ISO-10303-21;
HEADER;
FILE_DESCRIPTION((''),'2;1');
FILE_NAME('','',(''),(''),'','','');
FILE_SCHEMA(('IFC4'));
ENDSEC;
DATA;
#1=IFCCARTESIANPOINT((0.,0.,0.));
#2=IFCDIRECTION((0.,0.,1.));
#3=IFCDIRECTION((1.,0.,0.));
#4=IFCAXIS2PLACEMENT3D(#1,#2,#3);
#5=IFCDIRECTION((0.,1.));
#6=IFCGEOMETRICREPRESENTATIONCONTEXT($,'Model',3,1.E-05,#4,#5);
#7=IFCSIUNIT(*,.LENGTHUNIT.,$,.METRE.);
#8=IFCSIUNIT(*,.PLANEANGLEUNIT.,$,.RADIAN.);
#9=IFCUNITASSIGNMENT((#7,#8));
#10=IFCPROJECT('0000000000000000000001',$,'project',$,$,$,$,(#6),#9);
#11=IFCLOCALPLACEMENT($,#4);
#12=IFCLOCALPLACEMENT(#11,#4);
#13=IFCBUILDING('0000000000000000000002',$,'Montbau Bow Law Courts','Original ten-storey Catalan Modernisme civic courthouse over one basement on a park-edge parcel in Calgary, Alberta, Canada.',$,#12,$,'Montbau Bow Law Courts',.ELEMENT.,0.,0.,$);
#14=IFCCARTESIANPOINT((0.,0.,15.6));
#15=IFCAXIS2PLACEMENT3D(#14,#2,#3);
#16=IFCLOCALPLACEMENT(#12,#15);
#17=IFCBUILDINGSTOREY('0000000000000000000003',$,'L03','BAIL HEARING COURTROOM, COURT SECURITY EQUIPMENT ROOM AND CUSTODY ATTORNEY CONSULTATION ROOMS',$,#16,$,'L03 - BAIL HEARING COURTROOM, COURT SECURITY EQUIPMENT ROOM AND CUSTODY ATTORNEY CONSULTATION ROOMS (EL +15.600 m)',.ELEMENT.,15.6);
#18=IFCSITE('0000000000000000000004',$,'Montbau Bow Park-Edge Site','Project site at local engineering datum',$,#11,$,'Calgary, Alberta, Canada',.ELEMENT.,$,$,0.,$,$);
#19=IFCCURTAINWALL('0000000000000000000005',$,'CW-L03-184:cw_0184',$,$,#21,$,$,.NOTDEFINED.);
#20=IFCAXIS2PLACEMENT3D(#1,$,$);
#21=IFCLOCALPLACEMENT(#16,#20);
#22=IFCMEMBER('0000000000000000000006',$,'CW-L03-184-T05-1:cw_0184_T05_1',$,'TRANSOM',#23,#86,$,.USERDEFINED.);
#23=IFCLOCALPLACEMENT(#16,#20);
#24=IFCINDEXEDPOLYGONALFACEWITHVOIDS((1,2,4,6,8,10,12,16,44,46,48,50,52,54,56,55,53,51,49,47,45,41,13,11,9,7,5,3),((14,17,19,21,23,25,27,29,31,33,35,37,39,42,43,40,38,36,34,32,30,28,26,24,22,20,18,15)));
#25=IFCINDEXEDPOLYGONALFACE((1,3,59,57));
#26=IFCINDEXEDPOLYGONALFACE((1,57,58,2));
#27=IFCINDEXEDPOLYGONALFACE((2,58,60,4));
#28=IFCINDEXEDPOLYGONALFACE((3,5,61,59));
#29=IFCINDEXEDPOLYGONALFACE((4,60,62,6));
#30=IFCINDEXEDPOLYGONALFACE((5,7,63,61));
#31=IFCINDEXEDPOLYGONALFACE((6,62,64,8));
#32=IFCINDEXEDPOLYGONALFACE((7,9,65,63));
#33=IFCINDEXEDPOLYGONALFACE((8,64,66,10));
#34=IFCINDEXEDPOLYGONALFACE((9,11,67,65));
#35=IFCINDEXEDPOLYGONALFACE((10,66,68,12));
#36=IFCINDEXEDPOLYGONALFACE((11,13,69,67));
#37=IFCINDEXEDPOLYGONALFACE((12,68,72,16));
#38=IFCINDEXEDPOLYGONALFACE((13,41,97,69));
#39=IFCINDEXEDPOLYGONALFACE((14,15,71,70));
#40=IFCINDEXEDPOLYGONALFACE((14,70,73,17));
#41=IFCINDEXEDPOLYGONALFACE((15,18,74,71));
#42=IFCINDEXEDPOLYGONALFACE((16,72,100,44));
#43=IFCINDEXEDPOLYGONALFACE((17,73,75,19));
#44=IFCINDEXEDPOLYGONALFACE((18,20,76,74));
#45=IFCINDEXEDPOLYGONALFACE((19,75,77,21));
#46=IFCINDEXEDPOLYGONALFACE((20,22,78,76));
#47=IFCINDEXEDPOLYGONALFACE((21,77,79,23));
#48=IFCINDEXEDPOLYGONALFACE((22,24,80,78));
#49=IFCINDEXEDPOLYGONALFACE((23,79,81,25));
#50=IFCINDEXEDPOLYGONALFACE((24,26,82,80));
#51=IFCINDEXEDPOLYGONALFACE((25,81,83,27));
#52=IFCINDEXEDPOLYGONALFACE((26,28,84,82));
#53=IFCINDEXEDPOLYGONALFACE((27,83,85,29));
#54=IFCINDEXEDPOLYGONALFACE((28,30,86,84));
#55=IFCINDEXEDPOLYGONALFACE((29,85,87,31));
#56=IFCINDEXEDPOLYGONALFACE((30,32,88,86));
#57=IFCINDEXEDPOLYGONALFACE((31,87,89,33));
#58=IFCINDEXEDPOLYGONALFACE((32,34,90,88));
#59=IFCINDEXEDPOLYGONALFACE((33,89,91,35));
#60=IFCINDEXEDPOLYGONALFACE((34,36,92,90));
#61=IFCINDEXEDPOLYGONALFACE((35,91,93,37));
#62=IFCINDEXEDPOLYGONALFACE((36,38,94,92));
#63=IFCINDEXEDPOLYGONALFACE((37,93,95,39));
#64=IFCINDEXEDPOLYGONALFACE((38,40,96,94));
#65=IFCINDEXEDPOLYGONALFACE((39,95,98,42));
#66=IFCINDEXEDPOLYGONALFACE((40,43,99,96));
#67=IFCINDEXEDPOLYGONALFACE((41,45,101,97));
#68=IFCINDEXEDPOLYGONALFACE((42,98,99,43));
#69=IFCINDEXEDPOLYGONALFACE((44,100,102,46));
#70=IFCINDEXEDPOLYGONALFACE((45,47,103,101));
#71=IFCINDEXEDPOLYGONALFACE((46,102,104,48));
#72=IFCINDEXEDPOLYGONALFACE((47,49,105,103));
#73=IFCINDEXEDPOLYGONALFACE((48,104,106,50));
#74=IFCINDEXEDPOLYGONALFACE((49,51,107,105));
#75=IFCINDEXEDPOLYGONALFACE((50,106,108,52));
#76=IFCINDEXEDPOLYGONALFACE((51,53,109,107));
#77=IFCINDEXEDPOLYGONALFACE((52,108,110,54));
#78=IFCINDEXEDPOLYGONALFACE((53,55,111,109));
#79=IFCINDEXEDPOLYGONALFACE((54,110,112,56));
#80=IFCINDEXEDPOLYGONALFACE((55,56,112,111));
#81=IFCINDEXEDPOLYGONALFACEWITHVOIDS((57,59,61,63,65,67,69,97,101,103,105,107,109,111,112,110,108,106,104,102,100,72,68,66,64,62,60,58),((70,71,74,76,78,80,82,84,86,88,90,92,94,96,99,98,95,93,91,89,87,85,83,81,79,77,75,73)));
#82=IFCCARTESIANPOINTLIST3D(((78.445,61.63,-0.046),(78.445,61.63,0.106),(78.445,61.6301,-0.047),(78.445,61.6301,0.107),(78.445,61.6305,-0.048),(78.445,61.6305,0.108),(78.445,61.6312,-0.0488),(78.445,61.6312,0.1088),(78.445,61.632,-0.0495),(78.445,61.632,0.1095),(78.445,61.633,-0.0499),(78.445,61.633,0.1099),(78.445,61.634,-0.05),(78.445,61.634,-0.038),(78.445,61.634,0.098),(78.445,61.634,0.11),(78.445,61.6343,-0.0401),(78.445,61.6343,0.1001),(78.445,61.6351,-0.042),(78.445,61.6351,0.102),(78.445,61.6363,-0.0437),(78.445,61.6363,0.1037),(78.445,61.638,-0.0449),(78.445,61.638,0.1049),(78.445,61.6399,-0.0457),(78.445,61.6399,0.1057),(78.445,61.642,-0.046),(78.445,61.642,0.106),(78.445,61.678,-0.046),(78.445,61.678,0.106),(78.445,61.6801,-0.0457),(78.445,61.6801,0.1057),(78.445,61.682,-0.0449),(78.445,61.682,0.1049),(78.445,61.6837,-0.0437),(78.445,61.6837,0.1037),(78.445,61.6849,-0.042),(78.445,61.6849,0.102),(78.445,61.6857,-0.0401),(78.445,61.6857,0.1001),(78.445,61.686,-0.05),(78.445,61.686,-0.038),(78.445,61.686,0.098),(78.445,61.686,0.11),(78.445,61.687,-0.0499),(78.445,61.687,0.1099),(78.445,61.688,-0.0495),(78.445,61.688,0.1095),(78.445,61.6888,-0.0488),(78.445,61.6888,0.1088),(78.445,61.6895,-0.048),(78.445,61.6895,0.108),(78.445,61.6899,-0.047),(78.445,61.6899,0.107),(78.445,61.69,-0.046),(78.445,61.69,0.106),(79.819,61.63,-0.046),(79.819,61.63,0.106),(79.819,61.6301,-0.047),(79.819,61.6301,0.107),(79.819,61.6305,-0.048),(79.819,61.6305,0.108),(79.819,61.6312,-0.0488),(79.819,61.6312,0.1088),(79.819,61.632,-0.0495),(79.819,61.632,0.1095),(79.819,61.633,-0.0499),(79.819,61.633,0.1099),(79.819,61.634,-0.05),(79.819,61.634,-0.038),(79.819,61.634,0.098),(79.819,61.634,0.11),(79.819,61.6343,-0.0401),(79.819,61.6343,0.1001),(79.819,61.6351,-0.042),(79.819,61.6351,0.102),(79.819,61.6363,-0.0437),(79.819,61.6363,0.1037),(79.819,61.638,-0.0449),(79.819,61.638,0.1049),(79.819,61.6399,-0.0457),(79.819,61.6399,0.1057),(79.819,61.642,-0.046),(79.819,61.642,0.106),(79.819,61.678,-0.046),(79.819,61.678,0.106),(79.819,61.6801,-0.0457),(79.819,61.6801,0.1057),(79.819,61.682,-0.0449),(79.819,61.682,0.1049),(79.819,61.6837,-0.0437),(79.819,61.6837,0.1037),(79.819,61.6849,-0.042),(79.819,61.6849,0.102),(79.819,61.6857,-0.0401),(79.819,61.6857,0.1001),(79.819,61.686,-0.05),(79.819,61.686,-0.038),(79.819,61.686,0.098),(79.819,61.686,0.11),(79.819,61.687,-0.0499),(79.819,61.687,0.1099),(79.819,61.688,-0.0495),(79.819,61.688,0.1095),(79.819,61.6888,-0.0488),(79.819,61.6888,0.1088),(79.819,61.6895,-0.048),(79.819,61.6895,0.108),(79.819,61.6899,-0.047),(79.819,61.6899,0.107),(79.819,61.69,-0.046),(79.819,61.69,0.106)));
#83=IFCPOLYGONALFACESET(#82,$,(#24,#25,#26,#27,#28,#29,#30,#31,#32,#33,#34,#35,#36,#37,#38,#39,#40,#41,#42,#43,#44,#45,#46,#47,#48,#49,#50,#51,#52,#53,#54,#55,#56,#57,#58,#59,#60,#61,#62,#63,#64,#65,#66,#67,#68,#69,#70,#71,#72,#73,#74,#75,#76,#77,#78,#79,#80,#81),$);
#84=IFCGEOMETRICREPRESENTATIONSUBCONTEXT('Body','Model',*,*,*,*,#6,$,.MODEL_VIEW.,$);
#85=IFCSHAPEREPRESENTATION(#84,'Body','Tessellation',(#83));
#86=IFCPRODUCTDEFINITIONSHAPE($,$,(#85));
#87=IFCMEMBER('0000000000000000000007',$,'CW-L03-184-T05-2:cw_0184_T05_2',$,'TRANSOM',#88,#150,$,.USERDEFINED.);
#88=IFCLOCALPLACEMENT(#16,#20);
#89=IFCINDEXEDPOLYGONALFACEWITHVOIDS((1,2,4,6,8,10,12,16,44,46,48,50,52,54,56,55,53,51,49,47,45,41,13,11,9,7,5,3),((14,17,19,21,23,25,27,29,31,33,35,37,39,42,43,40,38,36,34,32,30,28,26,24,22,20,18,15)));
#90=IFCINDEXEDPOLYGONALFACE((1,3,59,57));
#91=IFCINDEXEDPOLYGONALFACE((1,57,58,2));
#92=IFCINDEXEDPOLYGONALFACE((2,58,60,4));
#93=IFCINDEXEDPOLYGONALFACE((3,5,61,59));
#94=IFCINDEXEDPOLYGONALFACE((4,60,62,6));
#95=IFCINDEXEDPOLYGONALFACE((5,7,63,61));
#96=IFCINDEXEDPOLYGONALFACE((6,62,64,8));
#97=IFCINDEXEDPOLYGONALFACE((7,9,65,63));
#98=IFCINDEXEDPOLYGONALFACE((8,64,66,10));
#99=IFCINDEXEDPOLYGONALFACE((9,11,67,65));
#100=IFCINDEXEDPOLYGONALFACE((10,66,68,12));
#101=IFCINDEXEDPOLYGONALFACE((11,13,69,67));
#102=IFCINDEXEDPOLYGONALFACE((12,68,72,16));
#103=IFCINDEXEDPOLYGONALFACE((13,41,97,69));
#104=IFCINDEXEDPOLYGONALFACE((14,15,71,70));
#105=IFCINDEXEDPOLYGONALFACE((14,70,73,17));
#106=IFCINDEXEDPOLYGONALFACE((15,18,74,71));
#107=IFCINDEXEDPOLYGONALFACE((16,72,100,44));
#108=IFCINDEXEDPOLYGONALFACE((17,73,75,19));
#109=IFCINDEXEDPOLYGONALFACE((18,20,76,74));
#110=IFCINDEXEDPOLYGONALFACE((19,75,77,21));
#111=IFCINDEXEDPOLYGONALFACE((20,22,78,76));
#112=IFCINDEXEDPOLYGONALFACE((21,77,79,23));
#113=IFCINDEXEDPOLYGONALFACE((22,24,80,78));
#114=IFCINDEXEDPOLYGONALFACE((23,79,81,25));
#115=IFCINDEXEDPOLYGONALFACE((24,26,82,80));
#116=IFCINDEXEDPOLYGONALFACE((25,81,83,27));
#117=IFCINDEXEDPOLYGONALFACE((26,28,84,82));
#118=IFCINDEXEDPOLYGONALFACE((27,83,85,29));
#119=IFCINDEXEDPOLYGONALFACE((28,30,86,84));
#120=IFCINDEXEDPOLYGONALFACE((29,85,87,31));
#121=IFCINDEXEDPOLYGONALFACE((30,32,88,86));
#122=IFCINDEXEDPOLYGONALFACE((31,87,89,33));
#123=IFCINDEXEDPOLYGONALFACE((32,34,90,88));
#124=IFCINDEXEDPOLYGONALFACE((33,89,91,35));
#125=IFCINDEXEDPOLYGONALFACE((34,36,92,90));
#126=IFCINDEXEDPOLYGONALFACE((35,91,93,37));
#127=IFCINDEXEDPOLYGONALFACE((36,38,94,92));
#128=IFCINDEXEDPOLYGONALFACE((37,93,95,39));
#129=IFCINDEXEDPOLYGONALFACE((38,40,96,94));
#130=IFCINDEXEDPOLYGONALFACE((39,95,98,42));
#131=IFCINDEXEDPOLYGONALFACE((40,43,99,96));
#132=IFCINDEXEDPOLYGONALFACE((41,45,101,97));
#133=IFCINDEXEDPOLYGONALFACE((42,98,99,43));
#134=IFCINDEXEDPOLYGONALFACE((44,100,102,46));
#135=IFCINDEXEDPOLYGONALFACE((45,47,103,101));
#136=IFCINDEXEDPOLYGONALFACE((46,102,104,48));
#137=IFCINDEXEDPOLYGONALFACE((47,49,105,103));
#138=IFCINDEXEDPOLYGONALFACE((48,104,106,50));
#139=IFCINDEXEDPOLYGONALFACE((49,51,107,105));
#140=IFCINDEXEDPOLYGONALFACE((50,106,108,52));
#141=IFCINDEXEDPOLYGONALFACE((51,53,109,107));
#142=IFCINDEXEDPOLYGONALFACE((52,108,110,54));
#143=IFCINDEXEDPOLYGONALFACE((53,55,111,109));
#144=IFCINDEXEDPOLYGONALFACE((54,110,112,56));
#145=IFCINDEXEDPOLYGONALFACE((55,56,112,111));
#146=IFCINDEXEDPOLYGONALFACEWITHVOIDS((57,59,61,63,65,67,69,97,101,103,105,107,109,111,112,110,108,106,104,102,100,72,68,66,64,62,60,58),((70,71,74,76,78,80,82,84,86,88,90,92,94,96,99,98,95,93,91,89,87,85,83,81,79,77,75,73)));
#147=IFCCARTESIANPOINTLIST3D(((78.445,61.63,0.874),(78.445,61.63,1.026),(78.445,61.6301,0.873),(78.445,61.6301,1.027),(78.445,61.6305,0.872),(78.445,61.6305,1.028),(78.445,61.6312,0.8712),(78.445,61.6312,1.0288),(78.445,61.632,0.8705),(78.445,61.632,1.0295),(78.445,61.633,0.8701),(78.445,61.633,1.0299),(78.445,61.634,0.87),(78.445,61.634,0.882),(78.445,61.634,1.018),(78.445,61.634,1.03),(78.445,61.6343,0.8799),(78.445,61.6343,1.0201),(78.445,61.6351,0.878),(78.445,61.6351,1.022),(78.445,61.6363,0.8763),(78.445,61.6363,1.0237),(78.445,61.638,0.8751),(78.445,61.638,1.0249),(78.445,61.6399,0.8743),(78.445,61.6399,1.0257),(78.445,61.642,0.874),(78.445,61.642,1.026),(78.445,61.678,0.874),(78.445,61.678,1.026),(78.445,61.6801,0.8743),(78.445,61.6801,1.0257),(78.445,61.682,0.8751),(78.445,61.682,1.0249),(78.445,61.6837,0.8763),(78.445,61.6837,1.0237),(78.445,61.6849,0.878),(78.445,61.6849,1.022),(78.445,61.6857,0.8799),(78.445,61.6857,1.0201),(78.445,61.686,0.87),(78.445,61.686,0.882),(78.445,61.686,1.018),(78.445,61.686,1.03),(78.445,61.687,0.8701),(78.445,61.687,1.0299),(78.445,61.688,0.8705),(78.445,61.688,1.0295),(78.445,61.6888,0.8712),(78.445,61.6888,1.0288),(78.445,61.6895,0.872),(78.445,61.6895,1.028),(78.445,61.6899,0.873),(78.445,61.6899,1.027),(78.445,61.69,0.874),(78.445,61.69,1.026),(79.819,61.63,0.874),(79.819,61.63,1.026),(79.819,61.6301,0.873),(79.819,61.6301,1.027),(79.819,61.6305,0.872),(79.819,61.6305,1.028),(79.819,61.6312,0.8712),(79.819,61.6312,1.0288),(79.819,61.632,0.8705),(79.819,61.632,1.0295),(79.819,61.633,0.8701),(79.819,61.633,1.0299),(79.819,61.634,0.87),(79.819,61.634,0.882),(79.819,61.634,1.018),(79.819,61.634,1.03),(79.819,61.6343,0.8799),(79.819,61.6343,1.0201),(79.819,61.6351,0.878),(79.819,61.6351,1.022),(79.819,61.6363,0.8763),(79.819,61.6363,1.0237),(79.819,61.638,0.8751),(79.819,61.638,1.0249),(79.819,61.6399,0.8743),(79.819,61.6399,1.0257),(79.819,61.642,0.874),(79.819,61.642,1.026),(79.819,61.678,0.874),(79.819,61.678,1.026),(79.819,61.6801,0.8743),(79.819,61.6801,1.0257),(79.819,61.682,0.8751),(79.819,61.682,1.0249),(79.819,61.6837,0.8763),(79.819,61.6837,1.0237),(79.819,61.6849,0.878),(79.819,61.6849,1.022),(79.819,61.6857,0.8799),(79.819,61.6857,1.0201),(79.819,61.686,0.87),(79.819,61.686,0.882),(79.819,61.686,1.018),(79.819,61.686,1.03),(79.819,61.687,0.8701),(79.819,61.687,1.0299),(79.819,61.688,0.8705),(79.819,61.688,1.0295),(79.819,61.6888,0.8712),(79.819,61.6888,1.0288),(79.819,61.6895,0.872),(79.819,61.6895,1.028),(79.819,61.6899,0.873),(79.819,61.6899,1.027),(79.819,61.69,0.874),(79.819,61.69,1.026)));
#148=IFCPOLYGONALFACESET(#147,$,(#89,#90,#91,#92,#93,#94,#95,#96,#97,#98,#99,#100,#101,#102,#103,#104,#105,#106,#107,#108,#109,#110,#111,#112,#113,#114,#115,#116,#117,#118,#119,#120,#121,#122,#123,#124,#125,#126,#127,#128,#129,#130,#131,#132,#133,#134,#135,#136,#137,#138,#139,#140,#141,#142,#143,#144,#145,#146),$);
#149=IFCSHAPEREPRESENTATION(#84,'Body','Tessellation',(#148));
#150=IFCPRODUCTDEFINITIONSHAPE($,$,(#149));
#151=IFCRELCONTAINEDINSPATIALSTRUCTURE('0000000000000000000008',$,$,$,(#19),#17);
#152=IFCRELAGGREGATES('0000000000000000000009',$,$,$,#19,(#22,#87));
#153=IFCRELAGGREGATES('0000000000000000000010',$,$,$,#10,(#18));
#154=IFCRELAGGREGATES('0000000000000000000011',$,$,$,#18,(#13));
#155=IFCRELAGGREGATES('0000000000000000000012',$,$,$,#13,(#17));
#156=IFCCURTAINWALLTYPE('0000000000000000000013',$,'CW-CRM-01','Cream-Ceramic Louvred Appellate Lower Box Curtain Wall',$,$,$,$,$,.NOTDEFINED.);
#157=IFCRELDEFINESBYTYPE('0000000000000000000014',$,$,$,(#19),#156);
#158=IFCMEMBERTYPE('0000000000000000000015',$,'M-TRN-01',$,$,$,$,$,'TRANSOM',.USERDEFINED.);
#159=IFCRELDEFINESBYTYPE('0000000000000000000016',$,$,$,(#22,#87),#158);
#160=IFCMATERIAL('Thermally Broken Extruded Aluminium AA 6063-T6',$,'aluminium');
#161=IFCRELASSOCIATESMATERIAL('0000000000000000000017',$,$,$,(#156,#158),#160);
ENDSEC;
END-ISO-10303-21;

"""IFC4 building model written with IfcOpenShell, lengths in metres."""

from ifc_helpers import new_model, si_unit, direction, frame, origin_with_axes, origin_2d_with_axis, place, context, subcontext, project, spatial, hollow_rectangle, extrude, material, material_profile, profile_set, type_object, element, aggregate, save


model = new_model("IFC4")

# Units and contexts
model_context = context("Model", 3, precision=1e-05, world=origin_with_axes(), true_north=direction((0.0, 1.0)))
body_context = subcontext(model_context, "Body", "Model", "MODEL_VIEW")
ifc_project = project(units=[si_unit("LENGTHUNIT", "METRE"), si_unit("PLANEANGLEUNIT", "RADIAN")], contexts=[model_context])

# Site, building, storey
site_placement = place(None, origin_with_axes())
site = spatial("IfcSite", under=ifc_project, at=site_placement, Name="Montbau Bow Park-Edge Site", Description="Project site at local engineering datum", LongName="Calgary, Alberta, Canada", CompositionType="ELEMENT", RefElevation=0.0)
building_placement = place(site_placement, origin_with_axes())
building = spatial("IfcBuilding", under=site, at=building_placement, Name="Montbau Bow Law Courts", Description="Original ten-storey Catalan Modernisme civic courthouse over one basement on a park-edge parcel in Calgary, Alberta, Canada.", LongName="Montbau Bow Law Courts", CompositionType="ELEMENT", ElevationOfRefHeight=0.0, ElevationOfTerrain=0.0)
storey_placement = place(building_placement, frame((0.0, 0.0, 15.6), z_axis=(0.0, 0.0, 1.0), x_axis=(1.0, 0.0, 0.0)))
storey = spatial("IfcBuildingStorey", under=building, at=storey_placement, Name="L03", Description="BAIL HEARING COURTROOM, COURT SECURITY EQUIPMENT ROOM AND CUSTODY ATTORNEY CONSULTATION ROOMS", LongName="L03 - BAIL HEARING COURTROOM, COURT SECURITY EQUIPMENT ROOM AND CUSTODY ATTORNEY CONSULTATION ROOMS (EL +15.600 m)", CompositionType="ELEMENT", Elevation=15.6)

# Curtain wall
ifc_material_1 = material(Name="Thermally Broken Extruded Aluminium AA 6063-T6", Category="aluminium")
curtain_wall_type = type_object("IfcCurtainWallType", Name="CW-CRM-01", Description="Cream-Ceramic Louvred Appellate Lower Box Curtain Wall", PredefinedType="NOTDEFINED", material=ifc_material_1)
curtain_wall_1_placement = place(None, frame((72.515, 61.66, 15.6), z_axis=(0.0, 0.0, 1.0), x_axis=(1.0, 0.0, 0.0)))
curtain_wall_1 = element("IfcCurtainWall", 1, at=curtain_wall_1_placement, inside=storey, type_object=curtain_wall_type, Name="CW-L03-184:cw_0184", PredefinedType="NOTDEFINED")

# Members
ifc_material_profile_1 = material_profile(ifc_material_1, hollow_rectangle(XDim=0.06, YDim=0.16, WallThickness=0.004, InnerFilletRadius=0.008, OuterFilletRadius=0.004, at=origin_2d_with_axis()), Name="CWT-160X60", Category="Main", Priority=0)
ifc_profile_set_1 = profile_set([ifc_material_profile_1], Name="Thermally Broken Extruded Aluminium AA 6063-T6")
member_type_1 = type_object("IfcMemberType", Name="M-TRN-01", ElementType="TRANSOM", PredefinedType="USERDEFINED", material=ifc_profile_set_1)
member_1_placement = place(None, frame((78.445, 61.66, 15.63), z_axis=(1.0, 0.0, 0.0), x_axis=(0.0, 1.0, 0.0)))
member_1 = element("IfcMember", 2, at=member_1_placement, type_object=member_type_1, Name="CW-L03-184-T05-1:cw_0184_T05_1", ObjectType="TRANSOM", PredefinedType="USERDEFINED", context=body_context, shape_type="SweptSolid", body=[
    extrude(hollow_rectangle(XDim=0.06, YDim=0.16, WallThickness=0.004, InnerFilletRadius=0.008, OuterFilletRadius=0.004, at=origin_2d_with_axis()), origin_with_axes(), (0.0, 0.0, 1.0), 1.374),
])
member_2_placement = place(None, frame((78.445, 61.66, 16.55), z_axis=(1.0, 0.0, 0.0), x_axis=(0.0, 1.0, 0.0)))
member_2 = element("IfcMember", 3, at=member_2_placement, type_object=member_type_1, Name="CW-L03-184-T05-2:cw_0184_T05_2", ObjectType="TRANSOM", PredefinedType="USERDEFINED", context=body_context, shape_type="SweptSolid", body=[
    extrude(hollow_rectangle(XDim=0.06, YDim=0.16, WallThickness=0.004, InnerFilletRadius=0.008, OuterFilletRadius=0.004, at=origin_2d_with_axis()), origin_with_axes(), (0.0, 0.0, 1.0), 1.374),
])

aggregate(curtain_wall_1, [member_1, member_2])

save(model, "model.ifc")
